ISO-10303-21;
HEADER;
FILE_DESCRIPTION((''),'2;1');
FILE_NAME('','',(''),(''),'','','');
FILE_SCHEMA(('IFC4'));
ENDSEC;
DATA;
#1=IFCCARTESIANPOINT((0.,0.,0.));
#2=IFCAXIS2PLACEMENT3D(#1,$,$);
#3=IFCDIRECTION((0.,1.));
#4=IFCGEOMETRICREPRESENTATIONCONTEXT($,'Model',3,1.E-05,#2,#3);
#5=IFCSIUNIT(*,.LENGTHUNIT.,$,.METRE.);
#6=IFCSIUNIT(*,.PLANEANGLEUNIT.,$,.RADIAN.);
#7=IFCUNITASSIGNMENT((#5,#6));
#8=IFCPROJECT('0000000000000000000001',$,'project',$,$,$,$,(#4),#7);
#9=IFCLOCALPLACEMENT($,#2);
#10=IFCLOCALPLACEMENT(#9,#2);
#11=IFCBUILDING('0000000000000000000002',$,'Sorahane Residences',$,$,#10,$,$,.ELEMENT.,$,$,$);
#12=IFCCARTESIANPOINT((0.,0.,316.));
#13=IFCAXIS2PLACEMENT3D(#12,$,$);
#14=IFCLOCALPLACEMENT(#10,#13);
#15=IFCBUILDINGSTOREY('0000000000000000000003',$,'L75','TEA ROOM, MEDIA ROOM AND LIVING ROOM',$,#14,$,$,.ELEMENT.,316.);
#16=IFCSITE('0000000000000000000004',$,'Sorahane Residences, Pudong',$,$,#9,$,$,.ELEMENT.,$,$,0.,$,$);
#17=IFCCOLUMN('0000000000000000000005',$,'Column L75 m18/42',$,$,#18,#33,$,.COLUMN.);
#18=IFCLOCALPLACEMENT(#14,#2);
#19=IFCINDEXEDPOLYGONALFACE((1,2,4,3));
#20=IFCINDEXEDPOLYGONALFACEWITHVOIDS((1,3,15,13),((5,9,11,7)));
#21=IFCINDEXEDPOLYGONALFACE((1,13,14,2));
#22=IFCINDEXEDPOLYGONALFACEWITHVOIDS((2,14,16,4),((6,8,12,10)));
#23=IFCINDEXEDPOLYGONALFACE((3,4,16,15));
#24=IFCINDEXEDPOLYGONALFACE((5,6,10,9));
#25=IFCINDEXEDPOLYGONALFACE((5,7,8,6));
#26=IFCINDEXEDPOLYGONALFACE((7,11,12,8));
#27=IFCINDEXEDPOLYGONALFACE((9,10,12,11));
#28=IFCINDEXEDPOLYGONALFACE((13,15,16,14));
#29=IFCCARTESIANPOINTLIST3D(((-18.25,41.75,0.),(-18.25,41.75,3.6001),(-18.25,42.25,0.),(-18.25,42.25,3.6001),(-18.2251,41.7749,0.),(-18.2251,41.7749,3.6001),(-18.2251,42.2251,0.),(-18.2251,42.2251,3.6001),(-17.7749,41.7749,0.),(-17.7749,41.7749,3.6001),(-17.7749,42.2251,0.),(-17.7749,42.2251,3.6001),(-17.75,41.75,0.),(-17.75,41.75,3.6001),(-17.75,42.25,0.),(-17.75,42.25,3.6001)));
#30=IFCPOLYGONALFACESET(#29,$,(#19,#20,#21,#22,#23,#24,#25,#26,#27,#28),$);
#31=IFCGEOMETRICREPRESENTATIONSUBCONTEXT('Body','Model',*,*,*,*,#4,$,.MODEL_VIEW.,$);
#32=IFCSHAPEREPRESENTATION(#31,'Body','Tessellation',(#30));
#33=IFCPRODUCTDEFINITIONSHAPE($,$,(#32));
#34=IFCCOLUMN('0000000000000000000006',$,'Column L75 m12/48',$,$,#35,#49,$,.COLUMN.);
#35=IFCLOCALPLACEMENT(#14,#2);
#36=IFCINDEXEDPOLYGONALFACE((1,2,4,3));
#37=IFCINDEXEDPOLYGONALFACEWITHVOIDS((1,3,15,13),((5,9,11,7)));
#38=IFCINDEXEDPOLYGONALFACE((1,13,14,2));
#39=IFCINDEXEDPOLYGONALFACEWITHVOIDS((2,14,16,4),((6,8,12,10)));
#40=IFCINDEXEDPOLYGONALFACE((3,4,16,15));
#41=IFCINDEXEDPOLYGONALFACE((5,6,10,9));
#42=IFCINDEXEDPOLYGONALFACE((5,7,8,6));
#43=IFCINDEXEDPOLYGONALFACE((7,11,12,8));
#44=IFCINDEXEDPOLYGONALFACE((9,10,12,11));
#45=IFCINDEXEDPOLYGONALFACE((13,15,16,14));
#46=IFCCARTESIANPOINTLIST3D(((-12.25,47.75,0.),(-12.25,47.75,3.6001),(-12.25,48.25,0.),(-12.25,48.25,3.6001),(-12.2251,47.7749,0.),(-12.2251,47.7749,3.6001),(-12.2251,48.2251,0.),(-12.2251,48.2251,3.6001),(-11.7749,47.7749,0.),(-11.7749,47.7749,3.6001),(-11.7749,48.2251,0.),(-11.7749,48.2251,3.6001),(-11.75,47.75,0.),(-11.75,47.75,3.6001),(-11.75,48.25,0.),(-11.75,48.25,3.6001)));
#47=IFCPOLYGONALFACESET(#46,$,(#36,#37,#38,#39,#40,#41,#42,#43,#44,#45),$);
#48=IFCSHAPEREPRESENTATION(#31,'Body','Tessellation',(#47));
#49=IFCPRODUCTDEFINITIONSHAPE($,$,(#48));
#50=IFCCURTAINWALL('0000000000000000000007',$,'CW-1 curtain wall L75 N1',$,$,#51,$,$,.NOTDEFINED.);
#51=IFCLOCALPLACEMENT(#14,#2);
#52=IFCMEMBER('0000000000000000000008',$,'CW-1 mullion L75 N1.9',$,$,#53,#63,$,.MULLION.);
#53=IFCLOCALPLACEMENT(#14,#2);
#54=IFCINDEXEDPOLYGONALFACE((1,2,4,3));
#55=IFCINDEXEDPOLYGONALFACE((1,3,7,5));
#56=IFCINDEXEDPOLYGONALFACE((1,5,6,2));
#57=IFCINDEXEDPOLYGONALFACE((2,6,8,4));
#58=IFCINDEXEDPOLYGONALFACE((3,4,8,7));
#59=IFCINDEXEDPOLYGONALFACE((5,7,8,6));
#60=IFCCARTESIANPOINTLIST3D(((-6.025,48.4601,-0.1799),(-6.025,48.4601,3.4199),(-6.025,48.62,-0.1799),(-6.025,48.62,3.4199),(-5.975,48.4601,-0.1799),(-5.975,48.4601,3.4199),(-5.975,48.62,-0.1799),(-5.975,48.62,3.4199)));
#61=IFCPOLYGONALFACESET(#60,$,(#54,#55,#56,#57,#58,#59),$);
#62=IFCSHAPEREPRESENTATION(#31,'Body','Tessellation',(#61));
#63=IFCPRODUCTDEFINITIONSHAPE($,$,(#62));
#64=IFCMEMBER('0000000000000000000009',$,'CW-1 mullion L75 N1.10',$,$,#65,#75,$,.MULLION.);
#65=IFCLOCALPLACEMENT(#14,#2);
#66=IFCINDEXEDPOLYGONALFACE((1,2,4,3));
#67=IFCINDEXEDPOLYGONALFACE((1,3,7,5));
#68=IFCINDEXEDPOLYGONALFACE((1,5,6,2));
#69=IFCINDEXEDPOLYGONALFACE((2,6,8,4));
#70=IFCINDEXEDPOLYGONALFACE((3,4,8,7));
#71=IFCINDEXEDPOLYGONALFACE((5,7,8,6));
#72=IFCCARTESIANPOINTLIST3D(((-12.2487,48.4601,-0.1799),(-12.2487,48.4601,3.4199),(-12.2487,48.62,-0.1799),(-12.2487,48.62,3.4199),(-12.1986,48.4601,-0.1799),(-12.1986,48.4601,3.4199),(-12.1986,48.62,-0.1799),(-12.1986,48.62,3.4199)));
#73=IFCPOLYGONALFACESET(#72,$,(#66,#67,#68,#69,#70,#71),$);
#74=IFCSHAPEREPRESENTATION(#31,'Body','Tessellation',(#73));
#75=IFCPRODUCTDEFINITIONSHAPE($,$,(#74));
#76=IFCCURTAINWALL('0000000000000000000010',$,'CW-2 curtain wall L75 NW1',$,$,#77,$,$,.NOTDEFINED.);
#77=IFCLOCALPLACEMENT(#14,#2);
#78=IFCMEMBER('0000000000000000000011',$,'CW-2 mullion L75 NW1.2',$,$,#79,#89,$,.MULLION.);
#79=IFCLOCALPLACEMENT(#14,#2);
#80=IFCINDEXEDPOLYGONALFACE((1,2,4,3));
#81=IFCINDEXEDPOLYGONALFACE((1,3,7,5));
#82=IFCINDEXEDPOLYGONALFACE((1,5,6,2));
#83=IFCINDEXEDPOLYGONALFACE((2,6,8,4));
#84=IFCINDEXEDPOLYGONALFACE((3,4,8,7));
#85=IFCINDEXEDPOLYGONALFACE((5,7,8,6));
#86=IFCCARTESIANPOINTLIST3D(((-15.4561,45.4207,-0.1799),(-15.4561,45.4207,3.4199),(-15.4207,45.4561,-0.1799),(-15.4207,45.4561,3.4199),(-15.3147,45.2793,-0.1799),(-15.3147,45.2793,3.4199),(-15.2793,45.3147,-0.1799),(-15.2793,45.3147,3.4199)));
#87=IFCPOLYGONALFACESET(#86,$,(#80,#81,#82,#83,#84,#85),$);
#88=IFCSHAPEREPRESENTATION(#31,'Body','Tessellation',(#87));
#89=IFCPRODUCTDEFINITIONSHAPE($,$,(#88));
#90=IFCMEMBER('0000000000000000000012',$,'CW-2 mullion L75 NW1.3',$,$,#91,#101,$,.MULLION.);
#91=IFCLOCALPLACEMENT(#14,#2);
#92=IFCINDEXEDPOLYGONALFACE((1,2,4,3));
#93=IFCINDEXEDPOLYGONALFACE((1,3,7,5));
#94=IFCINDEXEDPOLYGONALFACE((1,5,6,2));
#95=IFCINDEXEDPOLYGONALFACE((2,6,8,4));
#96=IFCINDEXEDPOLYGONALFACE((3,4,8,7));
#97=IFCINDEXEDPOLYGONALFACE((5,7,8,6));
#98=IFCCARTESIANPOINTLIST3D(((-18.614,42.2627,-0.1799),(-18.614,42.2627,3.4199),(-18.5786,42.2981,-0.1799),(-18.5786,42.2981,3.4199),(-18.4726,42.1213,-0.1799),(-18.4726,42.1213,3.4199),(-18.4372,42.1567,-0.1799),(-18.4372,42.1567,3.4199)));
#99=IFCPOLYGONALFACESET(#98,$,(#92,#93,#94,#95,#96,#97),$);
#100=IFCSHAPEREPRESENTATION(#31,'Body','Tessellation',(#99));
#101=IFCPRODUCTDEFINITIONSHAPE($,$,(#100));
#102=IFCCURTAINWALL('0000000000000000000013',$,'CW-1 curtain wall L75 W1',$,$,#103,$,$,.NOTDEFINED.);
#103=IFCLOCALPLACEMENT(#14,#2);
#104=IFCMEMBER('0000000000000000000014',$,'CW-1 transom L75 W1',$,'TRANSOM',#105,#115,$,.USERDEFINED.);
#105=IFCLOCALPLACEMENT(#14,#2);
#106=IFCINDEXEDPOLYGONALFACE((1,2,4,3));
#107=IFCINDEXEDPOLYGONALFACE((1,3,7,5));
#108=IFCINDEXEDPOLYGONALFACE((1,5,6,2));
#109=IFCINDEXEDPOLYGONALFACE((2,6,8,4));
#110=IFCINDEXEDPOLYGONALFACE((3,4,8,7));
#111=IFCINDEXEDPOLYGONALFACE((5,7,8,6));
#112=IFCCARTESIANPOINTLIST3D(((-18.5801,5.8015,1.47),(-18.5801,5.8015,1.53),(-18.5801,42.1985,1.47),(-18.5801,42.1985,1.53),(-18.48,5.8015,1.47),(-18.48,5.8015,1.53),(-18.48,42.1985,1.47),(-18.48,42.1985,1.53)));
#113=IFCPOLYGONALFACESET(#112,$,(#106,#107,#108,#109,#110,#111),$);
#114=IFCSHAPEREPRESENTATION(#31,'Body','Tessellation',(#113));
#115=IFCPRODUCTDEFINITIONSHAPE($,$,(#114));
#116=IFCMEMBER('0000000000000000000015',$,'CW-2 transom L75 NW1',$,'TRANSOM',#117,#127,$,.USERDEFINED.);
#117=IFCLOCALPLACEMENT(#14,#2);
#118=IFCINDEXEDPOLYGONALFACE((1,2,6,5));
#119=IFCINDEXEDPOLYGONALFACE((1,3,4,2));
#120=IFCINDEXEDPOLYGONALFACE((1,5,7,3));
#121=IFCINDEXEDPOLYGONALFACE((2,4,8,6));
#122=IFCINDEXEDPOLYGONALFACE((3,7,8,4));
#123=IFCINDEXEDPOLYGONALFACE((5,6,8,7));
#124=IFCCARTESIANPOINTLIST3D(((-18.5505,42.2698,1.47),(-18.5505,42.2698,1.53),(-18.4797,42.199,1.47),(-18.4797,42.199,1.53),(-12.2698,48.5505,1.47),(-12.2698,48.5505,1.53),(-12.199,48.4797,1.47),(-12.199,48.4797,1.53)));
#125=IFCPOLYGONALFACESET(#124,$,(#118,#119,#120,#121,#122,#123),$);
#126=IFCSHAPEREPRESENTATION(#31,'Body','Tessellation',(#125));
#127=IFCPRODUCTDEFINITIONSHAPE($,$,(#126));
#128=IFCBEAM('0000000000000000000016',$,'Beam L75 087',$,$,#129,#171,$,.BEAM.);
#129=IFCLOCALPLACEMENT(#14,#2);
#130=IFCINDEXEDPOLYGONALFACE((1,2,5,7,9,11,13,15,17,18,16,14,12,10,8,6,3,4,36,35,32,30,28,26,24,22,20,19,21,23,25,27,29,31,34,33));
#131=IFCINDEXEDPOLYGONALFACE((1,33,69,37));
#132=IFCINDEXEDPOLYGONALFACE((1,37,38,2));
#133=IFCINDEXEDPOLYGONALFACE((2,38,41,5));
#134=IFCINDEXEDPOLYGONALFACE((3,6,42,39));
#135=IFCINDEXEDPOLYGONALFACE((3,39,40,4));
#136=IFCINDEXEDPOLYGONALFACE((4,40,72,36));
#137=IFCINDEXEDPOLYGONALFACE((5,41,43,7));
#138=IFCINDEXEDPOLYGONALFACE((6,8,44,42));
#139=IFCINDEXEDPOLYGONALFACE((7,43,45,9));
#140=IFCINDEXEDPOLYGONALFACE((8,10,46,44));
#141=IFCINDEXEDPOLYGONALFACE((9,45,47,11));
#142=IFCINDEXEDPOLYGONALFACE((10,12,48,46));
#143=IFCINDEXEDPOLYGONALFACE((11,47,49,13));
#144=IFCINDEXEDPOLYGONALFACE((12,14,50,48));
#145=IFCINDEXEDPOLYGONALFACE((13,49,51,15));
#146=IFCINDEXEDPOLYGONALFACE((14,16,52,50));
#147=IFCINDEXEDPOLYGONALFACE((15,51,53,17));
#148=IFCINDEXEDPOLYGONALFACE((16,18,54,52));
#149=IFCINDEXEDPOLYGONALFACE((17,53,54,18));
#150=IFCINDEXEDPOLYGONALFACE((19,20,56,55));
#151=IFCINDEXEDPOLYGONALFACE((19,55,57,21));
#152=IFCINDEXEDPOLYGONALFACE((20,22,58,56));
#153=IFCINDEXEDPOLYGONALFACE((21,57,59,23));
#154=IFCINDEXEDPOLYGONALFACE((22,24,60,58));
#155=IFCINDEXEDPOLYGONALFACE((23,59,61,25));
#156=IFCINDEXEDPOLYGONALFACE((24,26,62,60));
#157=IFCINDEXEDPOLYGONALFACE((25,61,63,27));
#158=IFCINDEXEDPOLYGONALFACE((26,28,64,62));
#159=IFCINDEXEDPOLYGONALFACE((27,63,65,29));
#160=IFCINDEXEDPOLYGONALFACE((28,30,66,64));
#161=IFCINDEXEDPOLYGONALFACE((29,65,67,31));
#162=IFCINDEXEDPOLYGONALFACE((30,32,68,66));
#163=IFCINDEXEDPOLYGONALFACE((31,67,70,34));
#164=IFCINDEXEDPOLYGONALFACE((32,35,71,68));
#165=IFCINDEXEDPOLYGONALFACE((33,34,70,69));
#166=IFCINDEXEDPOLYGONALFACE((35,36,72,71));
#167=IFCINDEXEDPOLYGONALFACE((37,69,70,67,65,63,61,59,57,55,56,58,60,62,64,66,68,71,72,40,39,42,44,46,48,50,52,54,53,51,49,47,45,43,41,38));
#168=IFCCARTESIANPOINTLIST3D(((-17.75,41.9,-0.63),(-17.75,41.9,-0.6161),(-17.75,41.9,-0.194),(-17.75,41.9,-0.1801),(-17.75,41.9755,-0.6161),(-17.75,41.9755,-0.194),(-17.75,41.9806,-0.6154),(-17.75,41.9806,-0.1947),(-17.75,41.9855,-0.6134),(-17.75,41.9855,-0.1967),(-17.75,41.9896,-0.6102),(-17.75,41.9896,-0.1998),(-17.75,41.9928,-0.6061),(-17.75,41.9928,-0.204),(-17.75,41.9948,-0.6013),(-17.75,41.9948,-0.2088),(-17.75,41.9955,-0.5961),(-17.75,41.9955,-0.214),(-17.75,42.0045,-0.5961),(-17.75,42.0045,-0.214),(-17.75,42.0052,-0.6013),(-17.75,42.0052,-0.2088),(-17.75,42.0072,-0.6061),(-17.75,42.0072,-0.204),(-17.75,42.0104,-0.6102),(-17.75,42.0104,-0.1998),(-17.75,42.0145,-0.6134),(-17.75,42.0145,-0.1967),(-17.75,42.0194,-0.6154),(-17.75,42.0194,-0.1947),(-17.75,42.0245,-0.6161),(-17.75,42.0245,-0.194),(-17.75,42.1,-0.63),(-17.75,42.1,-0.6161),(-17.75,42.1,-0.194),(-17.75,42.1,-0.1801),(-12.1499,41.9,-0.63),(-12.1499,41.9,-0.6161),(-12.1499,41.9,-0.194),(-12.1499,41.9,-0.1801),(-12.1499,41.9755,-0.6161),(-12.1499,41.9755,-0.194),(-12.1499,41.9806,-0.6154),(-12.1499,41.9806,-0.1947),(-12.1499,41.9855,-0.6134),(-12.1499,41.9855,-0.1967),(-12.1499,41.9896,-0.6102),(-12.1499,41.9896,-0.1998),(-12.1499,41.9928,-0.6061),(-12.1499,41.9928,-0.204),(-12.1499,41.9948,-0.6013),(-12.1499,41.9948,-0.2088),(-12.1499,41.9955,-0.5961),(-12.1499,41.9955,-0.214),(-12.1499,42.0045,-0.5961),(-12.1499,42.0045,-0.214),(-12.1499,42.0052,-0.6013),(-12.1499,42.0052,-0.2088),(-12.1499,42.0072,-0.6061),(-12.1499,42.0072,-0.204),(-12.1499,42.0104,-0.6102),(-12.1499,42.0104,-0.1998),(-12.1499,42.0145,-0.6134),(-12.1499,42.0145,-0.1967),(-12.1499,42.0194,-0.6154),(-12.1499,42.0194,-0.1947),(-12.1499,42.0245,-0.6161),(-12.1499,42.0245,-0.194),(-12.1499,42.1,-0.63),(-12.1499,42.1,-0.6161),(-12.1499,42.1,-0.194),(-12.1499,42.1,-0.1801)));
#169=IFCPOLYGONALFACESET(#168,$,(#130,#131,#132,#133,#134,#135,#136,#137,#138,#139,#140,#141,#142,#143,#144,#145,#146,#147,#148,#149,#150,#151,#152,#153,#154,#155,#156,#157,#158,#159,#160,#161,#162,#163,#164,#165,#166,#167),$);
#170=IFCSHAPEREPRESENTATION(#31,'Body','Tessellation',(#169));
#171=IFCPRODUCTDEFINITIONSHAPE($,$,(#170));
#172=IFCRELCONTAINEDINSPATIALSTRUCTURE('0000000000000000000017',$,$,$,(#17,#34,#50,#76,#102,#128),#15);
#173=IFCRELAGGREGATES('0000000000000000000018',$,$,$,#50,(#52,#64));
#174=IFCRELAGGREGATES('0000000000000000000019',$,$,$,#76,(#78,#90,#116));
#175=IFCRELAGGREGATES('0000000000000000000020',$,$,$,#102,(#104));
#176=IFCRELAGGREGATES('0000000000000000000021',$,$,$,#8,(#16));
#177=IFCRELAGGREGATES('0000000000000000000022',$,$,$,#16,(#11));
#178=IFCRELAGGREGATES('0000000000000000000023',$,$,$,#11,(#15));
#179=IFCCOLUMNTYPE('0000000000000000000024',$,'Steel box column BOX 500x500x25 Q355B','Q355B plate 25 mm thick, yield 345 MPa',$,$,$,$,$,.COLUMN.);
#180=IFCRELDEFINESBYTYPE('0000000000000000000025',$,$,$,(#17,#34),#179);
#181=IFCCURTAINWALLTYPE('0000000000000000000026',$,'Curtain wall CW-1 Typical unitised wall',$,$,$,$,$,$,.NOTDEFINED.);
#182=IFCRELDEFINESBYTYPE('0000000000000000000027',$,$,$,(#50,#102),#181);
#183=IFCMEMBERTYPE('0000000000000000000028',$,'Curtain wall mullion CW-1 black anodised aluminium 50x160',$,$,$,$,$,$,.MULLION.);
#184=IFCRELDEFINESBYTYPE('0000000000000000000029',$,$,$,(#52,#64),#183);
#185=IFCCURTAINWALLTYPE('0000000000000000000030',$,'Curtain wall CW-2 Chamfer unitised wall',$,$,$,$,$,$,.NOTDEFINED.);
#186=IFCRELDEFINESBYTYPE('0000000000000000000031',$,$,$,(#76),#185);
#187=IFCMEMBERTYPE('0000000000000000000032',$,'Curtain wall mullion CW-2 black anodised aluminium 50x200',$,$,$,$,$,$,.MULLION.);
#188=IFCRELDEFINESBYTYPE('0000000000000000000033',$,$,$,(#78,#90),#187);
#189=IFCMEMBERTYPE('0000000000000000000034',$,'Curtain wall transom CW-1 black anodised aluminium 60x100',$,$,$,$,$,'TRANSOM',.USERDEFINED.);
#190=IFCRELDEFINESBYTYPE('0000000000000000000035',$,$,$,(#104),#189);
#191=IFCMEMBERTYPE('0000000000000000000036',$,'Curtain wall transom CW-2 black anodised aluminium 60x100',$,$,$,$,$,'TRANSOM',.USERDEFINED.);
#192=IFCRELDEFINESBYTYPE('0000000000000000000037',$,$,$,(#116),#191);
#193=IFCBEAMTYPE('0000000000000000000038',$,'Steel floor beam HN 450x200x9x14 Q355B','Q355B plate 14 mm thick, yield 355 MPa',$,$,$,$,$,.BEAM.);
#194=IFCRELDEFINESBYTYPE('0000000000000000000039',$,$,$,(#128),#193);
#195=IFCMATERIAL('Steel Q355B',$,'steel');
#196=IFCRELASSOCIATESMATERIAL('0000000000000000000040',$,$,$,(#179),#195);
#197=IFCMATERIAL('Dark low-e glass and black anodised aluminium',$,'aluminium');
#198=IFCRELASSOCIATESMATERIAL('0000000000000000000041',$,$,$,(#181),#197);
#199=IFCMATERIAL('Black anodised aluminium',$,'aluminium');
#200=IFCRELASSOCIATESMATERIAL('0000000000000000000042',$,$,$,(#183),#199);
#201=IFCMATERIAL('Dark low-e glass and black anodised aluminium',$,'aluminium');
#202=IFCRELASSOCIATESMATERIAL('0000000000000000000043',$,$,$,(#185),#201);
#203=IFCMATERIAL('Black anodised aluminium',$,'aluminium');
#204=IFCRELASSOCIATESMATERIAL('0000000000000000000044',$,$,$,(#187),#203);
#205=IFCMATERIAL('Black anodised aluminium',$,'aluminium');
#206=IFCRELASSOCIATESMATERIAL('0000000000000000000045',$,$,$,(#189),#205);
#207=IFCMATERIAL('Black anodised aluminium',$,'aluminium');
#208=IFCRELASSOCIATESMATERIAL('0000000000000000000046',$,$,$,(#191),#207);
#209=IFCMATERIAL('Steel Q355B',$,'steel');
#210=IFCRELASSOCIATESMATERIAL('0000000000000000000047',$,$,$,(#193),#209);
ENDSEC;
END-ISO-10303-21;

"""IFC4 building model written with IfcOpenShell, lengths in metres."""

from ifc_helpers import new_model, si_unit, direction, frame, origin, origin_2d, place, context, subcontext, project, spatial, rectangle, hollow_rectangle, i_section, extrude, material, material_profile, profile_set, type_object, element, aggregate, save


model = new_model("IFC4")

# Units and contexts
model_context = context("Model", 3, precision=1e-05, world=origin(), true_north=direction((0.0, 1.0)))
body_context = subcontext(model_context, "Body", "Model", "MODEL_VIEW")
ifc_project = project(units=[si_unit("LENGTHUNIT", "METRE"), si_unit("PLANEANGLEUNIT", "RADIAN")], contexts=[model_context])

# Site, building, storey
site_placement = place(None, origin())
site = spatial("IfcSite", under=ifc_project, at=site_placement, Name="Sorahane Residences, Pudong", CompositionType="ELEMENT", RefElevation=0.0)
building_placement = place(site_placement, origin())
building = spatial("IfcBuilding", under=site, at=building_placement, Name="Sorahane Residences", CompositionType="ELEMENT")
storey_placement = place(building_placement, frame((0.0, 0.0, 316.0)))
storey = spatial("IfcBuildingStorey", under=building, at=storey_placement, Name="L75", Description="TEA ROOM, MEDIA ROOM AND LIVING ROOM", CompositionType="ELEMENT", Elevation=316.0)

# Columns
ifc_material_1 = material(Name="Steel Q355B", Category="steel")
ifc_material_profile_1 = material_profile(ifc_material_1, hollow_rectangle(XDim=0.5, YDim=0.5, WallThickness=0.0249, at=origin_2d()), Name="BOX 500x500x25")
ifc_profile_set_1 = profile_set([ifc_material_profile_1], Name="Steel Q355B")
column_type = type_object("IfcColumnType", Name="Steel box column BOX 500x500x25 Q355B", Description="Q355B plate 25 mm thick, yield 345 MPa", PredefinedType="COLUMN", material=ifc_profile_set_1)
for number, where, z_axis, x_axis, name in (
    (1, (-18.0, 42.0, 0.0), (0.0, 0.0, 1.0), (1.0, 0.0, 0.0), "Column L75 m18/42"),
    (2, (-12.0, 48.0, 0.0), (0.0, 0.0, 1.0), (1.0, 0.0, 0.0), "Column L75 m12/48"),
):
    element("IfcColumn", number, at=place(storey_placement, frame(where, z_axis=z_axis, x_axis=x_axis)), inside=storey, type_object=column_type, Name=name, PredefinedType="COLUMN", context=body_context, shape_type="SweptSolid", body=[
        extrude(hollow_rectangle(XDim=0.5, YDim=0.5, WallThickness=0.0249, at=origin_2d()), origin(), (0.0, 0.0, 1.0), 3.6001),
    ])

# Curtain walls, members
ifc_material_2 = material(Name="Dark low-e glass and black anodised aluminium", Category="aluminium")
curtain_wall_type_1 = type_object("IfcCurtainWallType", Name="Curtain wall CW-1 Typical unitised wall", PredefinedType="NOTDEFINED", material=ifc_material_2)
curtain_wall_1_placement = place(storey_placement, origin())
curtain_wall_1 = element("IfcCurtainWall", 3, at=curtain_wall_1_placement, inside=storey, type_object=curtain_wall_type_1, Name="CW-1 curtain wall L75 N1", PredefinedType="NOTDEFINED")
ifc_material_3 = material(Name="Black anodised aluminium", Category="aluminium")
ifc_material_profile_2 = material_profile(ifc_material_3, rectangle(XDim=0.1599, YDim=0.05, at=origin_2d()), Name="Curtain wall mullion CW-1 black anodised aluminium 50x160")
ifc_profile_set_2 = profile_set([ifc_material_profile_2], Name="Black anodised aluminium")
member_type_1 = type_object("IfcMemberType", Name="Curtain wall mullion CW-1 black anodised aluminium 50x160", PredefinedType="MULLION", material=ifc_profile_set_2)
member_1_placement = place(storey_placement, frame((-6.0, 48.54, -0.1799), z_axis=(0.0, 0.0, 1.0), x_axis=(0.0, 1.0, 0.0)))
member_1 = element("IfcMember", 4, at=member_1_placement, type_object=member_type_1, Name="CW-1 mullion L75 N1.9", PredefinedType="MULLION", context=body_context, shape_type="SweptSolid", body=[
    extrude(rectangle(XDim=0.1599, YDim=0.05, at=origin_2d()), origin(), (0.0, 0.0, 1.0), 3.5999),
])
member_2_placement = place(storey_placement, frame((-12.2236, 48.54, -0.1799), z_axis=(0.0, 0.0, 1.0), x_axis=(0.0, 1.0, 0.0)))
member_2 = element("IfcMember", 5, at=member_2_placement, type_object=member_type_1, Name="CW-1 mullion L75 N1.10", PredefinedType="MULLION", context=body_context, shape_type="SweptSolid", body=[
    extrude(rectangle(XDim=0.1599, YDim=0.05, at=origin_2d()), origin(), (0.0, 0.0, 1.0), 3.5999),
])
ifc_material_4 = material(Name="Dark low-e glass and black anodised aluminium", Category="aluminium")
curtain_wall_type_2 = type_object("IfcCurtainWallType", Name="Curtain wall CW-2 Chamfer unitised wall", PredefinedType="NOTDEFINED", material=ifc_material_4)
curtain_wall_2_placement = place(storey_placement, origin())
curtain_wall_2 = element("IfcCurtainWall", 6, at=curtain_wall_2_placement, inside=storey, type_object=curtain_wall_type_2, Name="CW-2 curtain wall L75 NW1", PredefinedType="NOTDEFINED")
ifc_material_5 = material(Name="Black anodised aluminium", Category="aluminium")
ifc_material_profile_3 = material_profile(ifc_material_5, rectangle(XDim=0.2, YDim=0.05, at=origin_2d()), Name="Curtain wall mullion CW-2 black anodised aluminium 50x200")
ifc_profile_set_3 = profile_set([ifc_material_profile_3], Name="Black anodised aluminium")
member_type_2 = type_object("IfcMemberType", Name="Curtain wall mullion CW-2 black anodised aluminium 50x200", PredefinedType="MULLION", material=ifc_profile_set_3)
member_3_placement = place(storey_placement, frame((-15.3677, 45.3677, -0.1799), z_axis=(0.0, 0.0, 1.0), x_axis=(-0.707107, 0.707107, 0.0)))
member_3 = element("IfcMember", 7, at=member_3_placement, type_object=member_type_2, Name="CW-2 mullion L75 NW1.2", PredefinedType="MULLION", context=body_context, shape_type="SweptSolid", body=[
    extrude(rectangle(XDim=0.2, YDim=0.05, at=origin_2d()), origin(), (0.0, 0.0, 1.0), 3.5999),
])
member_4_placement = place(storey_placement, frame((-18.5256, 42.2097, -0.1799), z_axis=(0.0, 0.0, 1.0), x_axis=(-0.707107, 0.707107, 0.0)))
member_4 = element("IfcMember", 8, at=member_4_placement, type_object=member_type_2, Name="CW-2 mullion L75 NW1.3", PredefinedType="MULLION", context=body_context, shape_type="SweptSolid", body=[
    extrude(rectangle(XDim=0.2, YDim=0.05, at=origin_2d()), origin(), (0.0, 0.0, 1.0), 3.5999),
])

# Curtain wall, member
curtain_wall_3_placement = place(storey_placement, origin())
curtain_wall_3 = element("IfcCurtainWall", 9, at=curtain_wall_3_placement, inside=storey, type_object=curtain_wall_type_1, Name="CW-1 curtain wall L75 W1", PredefinedType="NOTDEFINED")
ifc_material_6 = material(Name="Black anodised aluminium", Category="aluminium")
ifc_material_profile_4 = material_profile(ifc_material_6, rectangle(XDim=0.1001, YDim=0.0601, at=origin_2d()), Name="Curtain wall transom CW-1 black anodised aluminium 60x100")
ifc_profile_set_4 = profile_set([ifc_material_profile_4], Name="Black anodised aluminium")
member_type_3 = type_object("IfcMemberType", Name="Curtain wall transom CW-1 black anodised aluminium 60x100", ElementType="TRANSOM", PredefinedType="USERDEFINED", material=ifc_profile_set_4)
member_5_placement = place(storey_placement, frame((-18.53, 42.1985, 1.5), z_axis=(0.0, -1.0, 0.0), x_axis=(1.0, 0.0, 0.0)))
member_5 = element("IfcMember", 10, at=member_5_placement, type_object=member_type_3, Name="CW-1 transom L75 W1", ObjectType="TRANSOM", PredefinedType="USERDEFINED", context=body_context, shape_type="SweptSolid", body=[
    extrude(rectangle(XDim=0.1001, YDim=0.0601, at=origin_2d()), origin(), (0.0, 0.0, 1.0), 36.397),
])

# Member
ifc_material_7 = material(Name="Black anodised aluminium", Category="aluminium")
ifc_material_profile_5 = material_profile(ifc_material_7, rectangle(XDim=0.1001, YDim=0.0601, at=origin_2d()), Name="Curtain wall transom CW-2 black anodised aluminium 60x100")
ifc_profile_set_5 = profile_set([ifc_material_profile_5], Name="Black anodised aluminium")
member_type_4 = type_object("IfcMemberType", Name="Curtain wall transom CW-2 black anodised aluminium 60x100", ElementType="TRANSOM", PredefinedType="USERDEFINED", material=ifc_profile_set_5)
member_6_placement = place(storey_placement, frame((-12.2344, 48.5151, 1.5), z_axis=(-0.707107, -0.707107, 0.0), x_axis=(0.707107, -0.707107, 0.0)))
member_6 = element("IfcMember", 11, at=member_6_placement, type_object=member_type_4, Name="CW-2 transom L75 NW1", ObjectType="TRANSOM", PredefinedType="USERDEFINED", context=body_context, shape_type="SweptSolid", body=[
    extrude(rectangle(XDim=0.1001, YDim=0.0601, at=origin_2d()), origin(), (0.0, 0.0, 1.0), 8.8823),
])

# Beam
ifc_material_8 = material(Name="Steel Q355B", Category="steel")
ifc_material_profile_6 = material_profile(ifc_material_8, i_section(OverallWidth=0.2, OverallDepth=0.45, WebThickness=0.009, FlangeThickness=0.0139, FilletRadius=0.02, at=origin_2d()), Name="HN 450x200x9x14")
ifc_profile_set_6 = profile_set([ifc_material_profile_6], Name="Steel Q355B")
beam_type_1 = type_object("IfcBeamType", Name="Steel floor beam HN 450x200x9x14 Q355B", Description="Q355B plate 14 mm thick, yield 355 MPa", PredefinedType="BEAM", material=ifc_profile_set_6)
beam_1_placement = place(storey_placement, frame((-17.75, 42.0, -0.405), z_axis=(1.0, 0.0, 0.0), x_axis=(0.0, 1.0, 0.0)))
element("IfcBeam", 12, at=beam_1_placement, inside=storey, type_object=beam_type_1, Name="Beam L75 087", PredefinedType="BEAM", context=body_context, shape_type="SweptSolid", body=[
    extrude(i_section(OverallWidth=0.2, OverallDepth=0.45, WebThickness=0.009, FlangeThickness=0.0139, FilletRadius=0.02, at=origin_2d()), origin(), (0.0, 0.0, 1.0), 5.6001),
])

aggregate(curtain_wall_1, [member_1, member_2])
aggregate(curtain_wall_2, [member_3, member_4, member_6])
aggregate(curtain_wall_3, [member_5])

save(model, "model.ifc")
